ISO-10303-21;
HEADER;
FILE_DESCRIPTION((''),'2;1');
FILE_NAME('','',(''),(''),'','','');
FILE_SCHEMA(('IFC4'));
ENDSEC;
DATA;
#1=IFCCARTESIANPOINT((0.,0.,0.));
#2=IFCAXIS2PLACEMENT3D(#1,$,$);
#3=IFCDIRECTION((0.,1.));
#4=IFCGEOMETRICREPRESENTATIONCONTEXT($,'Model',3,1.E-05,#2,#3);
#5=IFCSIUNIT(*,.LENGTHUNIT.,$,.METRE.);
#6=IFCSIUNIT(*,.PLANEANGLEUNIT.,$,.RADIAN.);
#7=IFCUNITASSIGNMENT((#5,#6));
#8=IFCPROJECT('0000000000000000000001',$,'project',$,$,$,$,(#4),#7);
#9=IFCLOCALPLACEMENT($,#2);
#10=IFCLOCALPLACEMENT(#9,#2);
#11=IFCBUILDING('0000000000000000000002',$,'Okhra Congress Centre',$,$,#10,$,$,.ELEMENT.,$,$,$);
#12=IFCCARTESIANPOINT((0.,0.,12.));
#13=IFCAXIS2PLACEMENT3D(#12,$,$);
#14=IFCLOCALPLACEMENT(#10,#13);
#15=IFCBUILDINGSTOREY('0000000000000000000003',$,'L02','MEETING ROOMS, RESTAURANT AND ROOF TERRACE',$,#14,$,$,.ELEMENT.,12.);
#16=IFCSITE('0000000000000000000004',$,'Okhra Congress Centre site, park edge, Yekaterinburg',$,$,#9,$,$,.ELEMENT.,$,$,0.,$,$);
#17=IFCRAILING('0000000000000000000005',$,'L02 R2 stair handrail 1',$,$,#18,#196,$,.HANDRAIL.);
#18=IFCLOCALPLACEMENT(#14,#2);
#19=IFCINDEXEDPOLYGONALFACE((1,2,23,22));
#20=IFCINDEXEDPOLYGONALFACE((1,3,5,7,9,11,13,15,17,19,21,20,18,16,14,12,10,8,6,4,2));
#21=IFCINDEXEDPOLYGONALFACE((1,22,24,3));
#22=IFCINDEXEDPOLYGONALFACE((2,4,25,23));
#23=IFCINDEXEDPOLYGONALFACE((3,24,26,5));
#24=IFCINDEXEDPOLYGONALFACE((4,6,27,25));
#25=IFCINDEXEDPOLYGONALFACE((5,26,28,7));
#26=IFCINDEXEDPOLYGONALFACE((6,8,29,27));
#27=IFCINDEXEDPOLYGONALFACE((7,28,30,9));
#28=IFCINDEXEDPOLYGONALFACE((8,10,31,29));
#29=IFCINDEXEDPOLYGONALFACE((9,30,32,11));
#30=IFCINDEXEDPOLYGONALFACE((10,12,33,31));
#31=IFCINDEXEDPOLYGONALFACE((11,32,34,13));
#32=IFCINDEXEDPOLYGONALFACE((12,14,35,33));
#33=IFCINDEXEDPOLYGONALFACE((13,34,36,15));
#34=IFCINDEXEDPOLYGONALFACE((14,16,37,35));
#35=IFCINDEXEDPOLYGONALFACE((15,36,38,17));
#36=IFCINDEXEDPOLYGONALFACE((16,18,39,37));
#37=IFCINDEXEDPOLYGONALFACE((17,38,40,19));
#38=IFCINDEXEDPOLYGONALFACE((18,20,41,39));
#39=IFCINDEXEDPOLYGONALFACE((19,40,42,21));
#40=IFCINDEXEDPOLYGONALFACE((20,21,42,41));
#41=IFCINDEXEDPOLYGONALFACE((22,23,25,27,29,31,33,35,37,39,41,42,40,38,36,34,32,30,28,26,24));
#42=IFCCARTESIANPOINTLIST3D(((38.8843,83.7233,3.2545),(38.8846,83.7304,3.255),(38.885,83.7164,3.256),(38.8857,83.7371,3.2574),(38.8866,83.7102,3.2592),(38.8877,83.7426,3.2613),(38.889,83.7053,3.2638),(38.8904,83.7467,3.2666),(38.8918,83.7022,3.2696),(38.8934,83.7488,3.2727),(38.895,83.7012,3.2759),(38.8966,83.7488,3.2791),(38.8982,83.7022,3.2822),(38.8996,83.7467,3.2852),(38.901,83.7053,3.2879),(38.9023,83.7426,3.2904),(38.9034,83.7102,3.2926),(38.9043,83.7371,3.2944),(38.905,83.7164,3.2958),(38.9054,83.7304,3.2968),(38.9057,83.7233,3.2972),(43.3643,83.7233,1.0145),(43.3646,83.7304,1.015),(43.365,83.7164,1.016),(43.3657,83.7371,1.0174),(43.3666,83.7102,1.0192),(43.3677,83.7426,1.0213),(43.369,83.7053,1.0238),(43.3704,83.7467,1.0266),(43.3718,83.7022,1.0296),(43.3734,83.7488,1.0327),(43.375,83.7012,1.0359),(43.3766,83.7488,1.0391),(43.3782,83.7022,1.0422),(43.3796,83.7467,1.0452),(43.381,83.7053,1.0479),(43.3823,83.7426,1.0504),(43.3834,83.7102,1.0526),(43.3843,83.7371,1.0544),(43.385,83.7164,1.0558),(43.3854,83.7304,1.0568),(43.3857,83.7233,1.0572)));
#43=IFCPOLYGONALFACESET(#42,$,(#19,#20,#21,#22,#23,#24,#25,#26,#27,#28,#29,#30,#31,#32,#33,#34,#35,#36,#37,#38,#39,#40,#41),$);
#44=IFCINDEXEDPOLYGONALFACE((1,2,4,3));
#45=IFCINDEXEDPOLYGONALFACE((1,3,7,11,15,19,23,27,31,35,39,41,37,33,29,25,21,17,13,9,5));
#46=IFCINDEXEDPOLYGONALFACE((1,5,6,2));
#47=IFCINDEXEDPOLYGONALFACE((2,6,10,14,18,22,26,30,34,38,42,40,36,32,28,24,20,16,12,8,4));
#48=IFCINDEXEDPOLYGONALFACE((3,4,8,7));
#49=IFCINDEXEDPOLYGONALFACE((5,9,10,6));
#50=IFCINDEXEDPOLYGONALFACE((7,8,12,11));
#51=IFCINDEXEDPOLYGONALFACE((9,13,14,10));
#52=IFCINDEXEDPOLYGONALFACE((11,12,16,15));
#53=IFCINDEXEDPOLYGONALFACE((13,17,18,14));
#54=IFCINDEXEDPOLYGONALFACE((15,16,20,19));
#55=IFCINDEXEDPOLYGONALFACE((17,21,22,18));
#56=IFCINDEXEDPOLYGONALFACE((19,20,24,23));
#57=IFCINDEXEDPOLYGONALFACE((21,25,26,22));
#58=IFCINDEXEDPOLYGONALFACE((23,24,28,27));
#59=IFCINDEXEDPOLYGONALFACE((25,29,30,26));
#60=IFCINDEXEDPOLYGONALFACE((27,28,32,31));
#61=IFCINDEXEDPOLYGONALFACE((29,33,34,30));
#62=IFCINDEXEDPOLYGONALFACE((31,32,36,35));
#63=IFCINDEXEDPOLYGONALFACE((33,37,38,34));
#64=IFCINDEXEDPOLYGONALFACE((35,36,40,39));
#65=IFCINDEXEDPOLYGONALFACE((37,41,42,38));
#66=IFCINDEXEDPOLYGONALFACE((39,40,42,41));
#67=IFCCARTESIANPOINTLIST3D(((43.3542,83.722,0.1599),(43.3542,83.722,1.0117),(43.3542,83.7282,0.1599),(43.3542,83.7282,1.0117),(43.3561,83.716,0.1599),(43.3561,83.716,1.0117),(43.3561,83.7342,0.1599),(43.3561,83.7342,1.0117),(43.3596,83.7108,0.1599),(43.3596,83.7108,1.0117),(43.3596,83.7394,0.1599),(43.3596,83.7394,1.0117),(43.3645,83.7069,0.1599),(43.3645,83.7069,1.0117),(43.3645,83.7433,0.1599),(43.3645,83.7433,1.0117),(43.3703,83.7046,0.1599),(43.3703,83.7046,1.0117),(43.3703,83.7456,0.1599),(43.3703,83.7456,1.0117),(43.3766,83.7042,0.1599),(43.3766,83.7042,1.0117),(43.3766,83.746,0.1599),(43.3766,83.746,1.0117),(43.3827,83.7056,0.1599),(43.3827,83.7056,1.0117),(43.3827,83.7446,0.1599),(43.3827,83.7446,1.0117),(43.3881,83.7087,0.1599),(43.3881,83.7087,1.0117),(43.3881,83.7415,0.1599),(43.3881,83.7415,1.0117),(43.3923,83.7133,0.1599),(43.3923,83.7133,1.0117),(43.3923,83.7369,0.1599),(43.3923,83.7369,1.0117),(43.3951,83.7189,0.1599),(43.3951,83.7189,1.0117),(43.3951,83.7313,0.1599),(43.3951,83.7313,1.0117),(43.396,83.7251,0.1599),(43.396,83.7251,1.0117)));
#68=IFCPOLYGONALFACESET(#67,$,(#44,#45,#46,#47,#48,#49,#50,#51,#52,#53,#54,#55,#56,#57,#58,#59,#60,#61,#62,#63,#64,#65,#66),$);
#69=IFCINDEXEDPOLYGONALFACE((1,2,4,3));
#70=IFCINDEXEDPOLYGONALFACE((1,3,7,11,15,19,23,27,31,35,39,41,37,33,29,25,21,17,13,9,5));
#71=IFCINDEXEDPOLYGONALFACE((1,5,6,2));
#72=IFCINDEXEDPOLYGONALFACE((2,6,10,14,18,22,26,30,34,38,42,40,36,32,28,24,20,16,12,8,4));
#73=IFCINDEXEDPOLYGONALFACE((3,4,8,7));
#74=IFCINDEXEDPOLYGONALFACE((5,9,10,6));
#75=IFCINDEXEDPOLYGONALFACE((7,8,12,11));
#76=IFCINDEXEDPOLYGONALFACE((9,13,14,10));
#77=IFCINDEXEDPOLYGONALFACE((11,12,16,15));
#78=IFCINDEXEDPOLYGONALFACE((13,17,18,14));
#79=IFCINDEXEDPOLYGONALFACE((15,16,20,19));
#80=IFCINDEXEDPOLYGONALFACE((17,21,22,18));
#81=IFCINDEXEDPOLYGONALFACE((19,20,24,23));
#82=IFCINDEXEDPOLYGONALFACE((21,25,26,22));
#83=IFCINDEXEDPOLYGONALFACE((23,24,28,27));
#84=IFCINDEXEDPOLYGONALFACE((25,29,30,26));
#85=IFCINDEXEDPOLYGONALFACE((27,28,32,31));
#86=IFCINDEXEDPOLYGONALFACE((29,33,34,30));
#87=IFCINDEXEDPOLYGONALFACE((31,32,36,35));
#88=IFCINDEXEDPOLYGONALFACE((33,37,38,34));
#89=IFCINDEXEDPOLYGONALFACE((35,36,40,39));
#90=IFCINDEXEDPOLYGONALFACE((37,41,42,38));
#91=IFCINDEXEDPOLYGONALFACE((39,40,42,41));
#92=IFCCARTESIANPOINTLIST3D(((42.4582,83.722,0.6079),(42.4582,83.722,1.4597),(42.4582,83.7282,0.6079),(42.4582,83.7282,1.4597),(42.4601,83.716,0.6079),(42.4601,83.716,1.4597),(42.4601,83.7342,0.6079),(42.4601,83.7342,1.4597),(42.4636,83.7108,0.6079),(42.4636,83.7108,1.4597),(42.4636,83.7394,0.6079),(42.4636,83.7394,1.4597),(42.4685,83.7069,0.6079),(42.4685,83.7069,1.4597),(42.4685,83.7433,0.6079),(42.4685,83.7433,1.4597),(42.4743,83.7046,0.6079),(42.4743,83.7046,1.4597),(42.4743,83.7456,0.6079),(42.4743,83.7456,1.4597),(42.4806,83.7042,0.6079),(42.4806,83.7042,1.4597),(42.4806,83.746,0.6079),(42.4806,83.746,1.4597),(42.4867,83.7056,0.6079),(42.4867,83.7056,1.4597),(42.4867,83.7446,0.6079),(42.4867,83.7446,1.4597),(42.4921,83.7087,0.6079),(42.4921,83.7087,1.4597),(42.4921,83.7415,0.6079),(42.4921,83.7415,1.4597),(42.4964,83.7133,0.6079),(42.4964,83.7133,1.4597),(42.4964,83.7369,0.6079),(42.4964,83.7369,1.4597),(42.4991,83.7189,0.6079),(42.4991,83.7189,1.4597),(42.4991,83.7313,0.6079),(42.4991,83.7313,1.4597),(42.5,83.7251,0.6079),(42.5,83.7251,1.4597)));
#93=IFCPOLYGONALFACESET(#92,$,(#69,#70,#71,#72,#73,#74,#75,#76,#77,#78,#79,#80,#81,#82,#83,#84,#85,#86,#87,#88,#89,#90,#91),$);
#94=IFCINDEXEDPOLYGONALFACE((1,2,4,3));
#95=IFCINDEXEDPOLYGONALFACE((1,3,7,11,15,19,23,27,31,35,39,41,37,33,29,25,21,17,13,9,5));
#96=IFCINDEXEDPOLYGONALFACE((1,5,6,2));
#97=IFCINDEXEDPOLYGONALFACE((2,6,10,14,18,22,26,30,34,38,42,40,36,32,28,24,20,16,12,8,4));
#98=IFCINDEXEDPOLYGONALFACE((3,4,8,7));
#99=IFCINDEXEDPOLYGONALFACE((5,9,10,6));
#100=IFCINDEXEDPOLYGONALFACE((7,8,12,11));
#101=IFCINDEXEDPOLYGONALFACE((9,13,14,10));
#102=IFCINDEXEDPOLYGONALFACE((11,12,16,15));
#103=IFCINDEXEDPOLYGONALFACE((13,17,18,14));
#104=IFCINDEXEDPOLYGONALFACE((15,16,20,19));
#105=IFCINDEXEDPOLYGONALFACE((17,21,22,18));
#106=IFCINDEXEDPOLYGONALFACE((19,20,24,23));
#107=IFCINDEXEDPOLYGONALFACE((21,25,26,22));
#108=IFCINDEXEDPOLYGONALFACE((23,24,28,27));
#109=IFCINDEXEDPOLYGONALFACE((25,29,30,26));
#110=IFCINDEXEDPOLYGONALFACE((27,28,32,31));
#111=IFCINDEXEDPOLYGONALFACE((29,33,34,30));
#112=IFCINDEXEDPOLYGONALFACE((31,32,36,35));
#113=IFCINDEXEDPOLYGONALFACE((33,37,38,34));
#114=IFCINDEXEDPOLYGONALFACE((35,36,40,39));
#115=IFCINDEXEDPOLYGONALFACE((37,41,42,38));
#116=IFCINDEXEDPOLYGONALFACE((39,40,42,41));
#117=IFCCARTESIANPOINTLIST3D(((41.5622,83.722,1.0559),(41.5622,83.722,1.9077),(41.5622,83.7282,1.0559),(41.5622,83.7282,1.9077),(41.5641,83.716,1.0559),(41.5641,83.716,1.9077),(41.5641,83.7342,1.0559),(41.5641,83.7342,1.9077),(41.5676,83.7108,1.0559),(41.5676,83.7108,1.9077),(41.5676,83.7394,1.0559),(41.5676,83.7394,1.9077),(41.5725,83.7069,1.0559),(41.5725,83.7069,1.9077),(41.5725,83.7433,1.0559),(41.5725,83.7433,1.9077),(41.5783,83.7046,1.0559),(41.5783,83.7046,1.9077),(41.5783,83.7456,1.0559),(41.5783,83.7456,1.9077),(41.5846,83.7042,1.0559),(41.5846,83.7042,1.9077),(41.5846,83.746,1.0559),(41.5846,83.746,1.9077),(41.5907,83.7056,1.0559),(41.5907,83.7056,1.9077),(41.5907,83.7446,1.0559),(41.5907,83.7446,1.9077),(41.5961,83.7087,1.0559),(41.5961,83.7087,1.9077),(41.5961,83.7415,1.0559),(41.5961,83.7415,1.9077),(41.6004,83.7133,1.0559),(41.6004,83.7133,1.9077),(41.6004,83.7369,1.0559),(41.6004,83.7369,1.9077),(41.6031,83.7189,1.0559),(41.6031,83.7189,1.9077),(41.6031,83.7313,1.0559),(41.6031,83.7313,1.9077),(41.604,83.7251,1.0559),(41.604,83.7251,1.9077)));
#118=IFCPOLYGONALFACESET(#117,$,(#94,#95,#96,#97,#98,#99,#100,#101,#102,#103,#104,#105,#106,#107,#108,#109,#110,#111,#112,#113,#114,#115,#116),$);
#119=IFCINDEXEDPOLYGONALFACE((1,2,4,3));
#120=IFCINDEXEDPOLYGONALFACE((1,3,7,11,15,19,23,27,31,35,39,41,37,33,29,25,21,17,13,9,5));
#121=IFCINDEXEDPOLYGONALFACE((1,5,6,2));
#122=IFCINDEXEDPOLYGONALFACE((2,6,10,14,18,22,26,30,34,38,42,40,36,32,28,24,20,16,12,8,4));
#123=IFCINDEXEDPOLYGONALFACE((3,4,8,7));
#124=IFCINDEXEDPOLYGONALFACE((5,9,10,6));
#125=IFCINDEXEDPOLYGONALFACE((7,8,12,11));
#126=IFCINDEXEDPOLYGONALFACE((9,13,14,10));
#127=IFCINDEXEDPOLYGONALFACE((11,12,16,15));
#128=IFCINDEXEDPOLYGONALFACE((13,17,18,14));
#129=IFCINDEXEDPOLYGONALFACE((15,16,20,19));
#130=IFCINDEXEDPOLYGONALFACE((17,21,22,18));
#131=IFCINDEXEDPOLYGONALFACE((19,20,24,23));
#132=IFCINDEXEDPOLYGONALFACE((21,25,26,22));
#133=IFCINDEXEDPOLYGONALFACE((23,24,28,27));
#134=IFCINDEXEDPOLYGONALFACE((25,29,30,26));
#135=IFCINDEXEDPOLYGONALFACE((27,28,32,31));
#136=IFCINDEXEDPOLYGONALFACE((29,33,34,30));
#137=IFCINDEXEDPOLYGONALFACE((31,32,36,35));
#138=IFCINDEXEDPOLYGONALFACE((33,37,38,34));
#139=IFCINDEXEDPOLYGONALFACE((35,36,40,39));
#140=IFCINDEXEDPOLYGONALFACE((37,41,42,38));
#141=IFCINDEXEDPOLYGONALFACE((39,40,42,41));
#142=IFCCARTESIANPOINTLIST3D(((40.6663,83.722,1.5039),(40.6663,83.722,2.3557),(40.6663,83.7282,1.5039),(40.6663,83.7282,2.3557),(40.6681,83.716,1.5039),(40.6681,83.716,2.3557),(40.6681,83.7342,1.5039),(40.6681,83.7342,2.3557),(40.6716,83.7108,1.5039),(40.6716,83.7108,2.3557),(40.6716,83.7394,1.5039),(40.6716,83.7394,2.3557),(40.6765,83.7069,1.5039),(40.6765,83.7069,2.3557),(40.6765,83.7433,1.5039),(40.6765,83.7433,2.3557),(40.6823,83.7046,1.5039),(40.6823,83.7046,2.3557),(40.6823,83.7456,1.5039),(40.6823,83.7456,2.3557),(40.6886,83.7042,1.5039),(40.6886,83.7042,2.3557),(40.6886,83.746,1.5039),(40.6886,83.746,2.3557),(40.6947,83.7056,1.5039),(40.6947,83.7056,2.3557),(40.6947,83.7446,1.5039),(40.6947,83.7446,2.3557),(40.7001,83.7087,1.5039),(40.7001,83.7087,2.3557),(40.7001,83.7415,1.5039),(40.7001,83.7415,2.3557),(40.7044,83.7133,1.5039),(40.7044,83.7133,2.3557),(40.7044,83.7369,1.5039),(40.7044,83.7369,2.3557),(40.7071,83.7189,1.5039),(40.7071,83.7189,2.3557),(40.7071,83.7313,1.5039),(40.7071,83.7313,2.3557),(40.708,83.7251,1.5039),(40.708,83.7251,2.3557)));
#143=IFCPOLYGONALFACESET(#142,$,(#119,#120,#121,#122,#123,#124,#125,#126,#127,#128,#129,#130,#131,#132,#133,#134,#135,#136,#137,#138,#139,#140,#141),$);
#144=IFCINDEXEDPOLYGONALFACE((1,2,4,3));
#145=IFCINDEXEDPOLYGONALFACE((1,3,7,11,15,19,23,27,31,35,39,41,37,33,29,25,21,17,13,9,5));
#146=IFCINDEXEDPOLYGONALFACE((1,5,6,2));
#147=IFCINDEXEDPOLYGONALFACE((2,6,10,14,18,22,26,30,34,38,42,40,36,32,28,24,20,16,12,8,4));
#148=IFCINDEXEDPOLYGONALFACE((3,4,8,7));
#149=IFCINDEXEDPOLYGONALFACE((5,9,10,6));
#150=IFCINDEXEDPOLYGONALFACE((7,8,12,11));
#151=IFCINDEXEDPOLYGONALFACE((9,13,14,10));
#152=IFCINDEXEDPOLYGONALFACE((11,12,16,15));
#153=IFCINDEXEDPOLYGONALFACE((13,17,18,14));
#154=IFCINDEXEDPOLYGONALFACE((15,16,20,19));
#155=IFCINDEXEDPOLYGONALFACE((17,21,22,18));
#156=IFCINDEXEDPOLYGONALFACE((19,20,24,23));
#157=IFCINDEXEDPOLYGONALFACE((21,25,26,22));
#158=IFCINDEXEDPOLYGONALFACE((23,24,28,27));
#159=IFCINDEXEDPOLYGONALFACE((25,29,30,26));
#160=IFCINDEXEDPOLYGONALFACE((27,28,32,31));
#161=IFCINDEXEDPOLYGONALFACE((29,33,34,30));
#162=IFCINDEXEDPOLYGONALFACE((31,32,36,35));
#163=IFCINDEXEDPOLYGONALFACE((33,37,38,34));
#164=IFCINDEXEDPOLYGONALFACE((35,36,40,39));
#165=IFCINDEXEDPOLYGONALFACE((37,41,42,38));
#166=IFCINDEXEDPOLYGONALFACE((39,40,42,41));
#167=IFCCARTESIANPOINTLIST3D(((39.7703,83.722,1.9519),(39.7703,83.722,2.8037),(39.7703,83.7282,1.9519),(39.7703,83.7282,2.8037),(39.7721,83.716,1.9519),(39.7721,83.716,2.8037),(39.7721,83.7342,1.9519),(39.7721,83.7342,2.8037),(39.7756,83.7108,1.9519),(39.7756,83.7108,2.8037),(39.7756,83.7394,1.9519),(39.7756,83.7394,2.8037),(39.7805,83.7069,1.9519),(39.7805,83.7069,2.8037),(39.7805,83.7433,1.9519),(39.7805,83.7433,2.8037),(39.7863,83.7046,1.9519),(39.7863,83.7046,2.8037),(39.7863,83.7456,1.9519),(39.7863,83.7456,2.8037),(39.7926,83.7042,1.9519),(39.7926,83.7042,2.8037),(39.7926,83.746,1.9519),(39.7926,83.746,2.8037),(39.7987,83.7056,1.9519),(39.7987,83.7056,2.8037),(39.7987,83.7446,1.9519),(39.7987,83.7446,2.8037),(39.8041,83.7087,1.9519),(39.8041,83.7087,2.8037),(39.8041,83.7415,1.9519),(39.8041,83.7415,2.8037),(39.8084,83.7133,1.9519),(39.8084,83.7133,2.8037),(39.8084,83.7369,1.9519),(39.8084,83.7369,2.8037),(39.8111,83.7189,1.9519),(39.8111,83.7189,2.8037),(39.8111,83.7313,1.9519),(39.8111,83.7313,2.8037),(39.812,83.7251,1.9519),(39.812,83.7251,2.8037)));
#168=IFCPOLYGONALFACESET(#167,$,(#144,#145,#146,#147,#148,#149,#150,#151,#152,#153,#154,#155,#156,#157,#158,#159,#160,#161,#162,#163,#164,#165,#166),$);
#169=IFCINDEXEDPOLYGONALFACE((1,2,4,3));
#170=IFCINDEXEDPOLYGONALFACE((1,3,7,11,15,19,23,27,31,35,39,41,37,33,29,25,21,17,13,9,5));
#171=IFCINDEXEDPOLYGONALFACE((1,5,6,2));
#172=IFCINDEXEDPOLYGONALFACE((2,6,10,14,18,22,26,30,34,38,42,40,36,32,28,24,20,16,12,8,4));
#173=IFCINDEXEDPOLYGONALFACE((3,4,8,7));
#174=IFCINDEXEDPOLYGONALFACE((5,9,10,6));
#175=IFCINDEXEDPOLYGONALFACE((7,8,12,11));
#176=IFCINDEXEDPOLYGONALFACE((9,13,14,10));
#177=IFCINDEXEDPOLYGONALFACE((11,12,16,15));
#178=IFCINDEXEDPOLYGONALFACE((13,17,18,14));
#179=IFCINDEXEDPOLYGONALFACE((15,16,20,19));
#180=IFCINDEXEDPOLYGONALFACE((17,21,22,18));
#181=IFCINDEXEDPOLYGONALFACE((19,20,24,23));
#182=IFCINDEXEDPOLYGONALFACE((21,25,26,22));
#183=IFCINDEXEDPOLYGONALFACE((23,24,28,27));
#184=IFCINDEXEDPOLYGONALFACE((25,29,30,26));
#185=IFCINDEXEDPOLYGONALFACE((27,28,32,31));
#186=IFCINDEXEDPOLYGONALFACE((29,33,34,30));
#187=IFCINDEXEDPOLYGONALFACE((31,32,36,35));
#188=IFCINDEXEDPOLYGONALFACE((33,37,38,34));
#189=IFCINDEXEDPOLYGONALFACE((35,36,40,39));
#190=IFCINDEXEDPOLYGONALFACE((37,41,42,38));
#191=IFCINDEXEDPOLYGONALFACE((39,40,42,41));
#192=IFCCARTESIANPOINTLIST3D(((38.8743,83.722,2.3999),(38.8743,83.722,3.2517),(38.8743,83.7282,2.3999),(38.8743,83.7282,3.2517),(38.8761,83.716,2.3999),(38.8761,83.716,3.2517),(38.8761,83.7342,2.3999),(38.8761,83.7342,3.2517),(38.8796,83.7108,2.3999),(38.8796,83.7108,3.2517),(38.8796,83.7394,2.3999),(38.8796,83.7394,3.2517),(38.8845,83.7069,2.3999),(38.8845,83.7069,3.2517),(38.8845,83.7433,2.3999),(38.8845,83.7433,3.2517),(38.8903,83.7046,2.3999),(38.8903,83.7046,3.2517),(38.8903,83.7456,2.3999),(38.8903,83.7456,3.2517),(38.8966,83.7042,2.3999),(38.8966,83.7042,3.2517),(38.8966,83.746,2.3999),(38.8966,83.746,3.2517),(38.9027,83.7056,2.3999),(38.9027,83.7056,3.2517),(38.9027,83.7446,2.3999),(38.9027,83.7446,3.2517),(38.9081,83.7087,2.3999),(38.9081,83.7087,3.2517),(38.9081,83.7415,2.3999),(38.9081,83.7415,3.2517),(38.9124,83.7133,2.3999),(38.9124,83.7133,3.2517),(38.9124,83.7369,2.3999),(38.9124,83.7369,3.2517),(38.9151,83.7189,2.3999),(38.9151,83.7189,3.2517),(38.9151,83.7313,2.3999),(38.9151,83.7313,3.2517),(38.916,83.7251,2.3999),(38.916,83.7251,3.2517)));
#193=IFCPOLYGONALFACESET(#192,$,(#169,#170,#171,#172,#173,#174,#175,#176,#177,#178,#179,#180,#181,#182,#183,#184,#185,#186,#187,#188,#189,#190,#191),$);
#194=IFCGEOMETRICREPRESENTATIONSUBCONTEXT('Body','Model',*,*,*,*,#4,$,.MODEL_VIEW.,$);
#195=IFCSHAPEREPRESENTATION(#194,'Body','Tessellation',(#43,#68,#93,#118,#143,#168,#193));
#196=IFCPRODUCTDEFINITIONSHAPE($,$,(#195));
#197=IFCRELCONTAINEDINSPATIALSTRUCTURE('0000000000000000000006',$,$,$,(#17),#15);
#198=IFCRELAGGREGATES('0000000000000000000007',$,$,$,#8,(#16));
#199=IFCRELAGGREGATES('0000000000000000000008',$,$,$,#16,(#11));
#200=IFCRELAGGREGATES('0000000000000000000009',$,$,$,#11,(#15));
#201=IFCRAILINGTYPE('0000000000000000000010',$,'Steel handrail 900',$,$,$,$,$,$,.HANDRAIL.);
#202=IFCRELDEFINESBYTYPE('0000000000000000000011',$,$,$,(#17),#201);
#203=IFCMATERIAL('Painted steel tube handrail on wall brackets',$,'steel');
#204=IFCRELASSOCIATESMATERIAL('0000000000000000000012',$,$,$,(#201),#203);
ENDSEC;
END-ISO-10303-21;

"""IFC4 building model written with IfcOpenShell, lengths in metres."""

from ifc_helpers import new_model, si_unit, direction, frame, origin, origin_2d, place, context, subcontext, project, spatial, circle, extrude, material, type_object, element, save


model = new_model("IFC4")

# Units and contexts
model_context = context("Model", 3, precision=1e-05, world=origin(), true_north=direction((0.0, 1.0)))
body_context = subcontext(model_context, "Body", "Model", "MODEL_VIEW")
ifc_project = project(units=[si_unit("LENGTHUNIT", "METRE"), si_unit("PLANEANGLEUNIT", "RADIAN")], contexts=[model_context])

# Site, building, storey
site_placement = place(None, origin())
site = spatial("IfcSite", under=ifc_project, at=site_placement, Name="Okhra Congress Centre site, park edge, Yekaterinburg", CompositionType="ELEMENT", RefElevation=0.0)
building_placement = place(site_placement, origin())
building = spatial("IfcBuilding", under=site, at=building_placement, Name="Okhra Congress Centre", CompositionType="ELEMENT")
storey_placement = place(building_placement, frame((0.0, 0.0, 12.0)))
storey = spatial("IfcBuildingStorey", under=building, at=storey_placement, Name="L02", Description="MEETING ROOMS, RESTAURANT AND ROOF TERRACE", CompositionType="ELEMENT", Elevation=12.0)

# Railing
ifc_material_1 = material(Name="Painted steel tube handrail on wall brackets", Category="steel")
railing_type_1 = type_object("IfcRailingType", Name="Steel handrail 900", PredefinedType="HANDRAIL", material=ifc_material_1)
railing_1_placement = place(storey_placement, frame((43.375, 83.7251, 0.1599)))
element("IfcRailing", 1, at=railing_1_placement, inside=storey, type_object=railing_type_1, Name="L02 R2 stair handrail 1", PredefinedType="HANDRAIL", context=body_context, shape_type="SweptSolid", body=[
    extrude(circle(Radius=0.0239, at=origin_2d()), frame((0.0, 0.0, 0.876), z_axis=(-0.894427, 0.0, 0.447214), x_axis=(0.0, -1.0, 0.0)), (0.0, 0.0, 1.0), 5.0088),
    extrude(circle(Radius=0.021, at=origin_2d()), origin(), (0.0, 0.0, 1.0), 0.8518),
    extrude(circle(Radius=0.021, at=origin_2d()), frame((-0.896, 0.0, 0.448)), (0.0, 0.0, 1.0), 0.8518),
    extrude(circle(Radius=0.021, at=origin_2d()), frame((-1.792, 0.0, 0.896)), (0.0, 0.0, 1.0), 0.8518),
    extrude(circle(Radius=0.021, at=origin_2d()), frame((-2.688, 0.0, 1.344)), (0.0, 0.0, 1.0), 0.8518),
    extrude(circle(Radius=0.021, at=origin_2d()), frame((-3.584, 0.0, 1.792)), (0.0, 0.0, 1.0), 0.8518),
    extrude(circle(Radius=0.021, at=origin_2d()), frame((-4.48, 0.0, 2.24)), (0.0, 0.0, 1.0), 0.8518),
])

save(model, "model.ifc")
